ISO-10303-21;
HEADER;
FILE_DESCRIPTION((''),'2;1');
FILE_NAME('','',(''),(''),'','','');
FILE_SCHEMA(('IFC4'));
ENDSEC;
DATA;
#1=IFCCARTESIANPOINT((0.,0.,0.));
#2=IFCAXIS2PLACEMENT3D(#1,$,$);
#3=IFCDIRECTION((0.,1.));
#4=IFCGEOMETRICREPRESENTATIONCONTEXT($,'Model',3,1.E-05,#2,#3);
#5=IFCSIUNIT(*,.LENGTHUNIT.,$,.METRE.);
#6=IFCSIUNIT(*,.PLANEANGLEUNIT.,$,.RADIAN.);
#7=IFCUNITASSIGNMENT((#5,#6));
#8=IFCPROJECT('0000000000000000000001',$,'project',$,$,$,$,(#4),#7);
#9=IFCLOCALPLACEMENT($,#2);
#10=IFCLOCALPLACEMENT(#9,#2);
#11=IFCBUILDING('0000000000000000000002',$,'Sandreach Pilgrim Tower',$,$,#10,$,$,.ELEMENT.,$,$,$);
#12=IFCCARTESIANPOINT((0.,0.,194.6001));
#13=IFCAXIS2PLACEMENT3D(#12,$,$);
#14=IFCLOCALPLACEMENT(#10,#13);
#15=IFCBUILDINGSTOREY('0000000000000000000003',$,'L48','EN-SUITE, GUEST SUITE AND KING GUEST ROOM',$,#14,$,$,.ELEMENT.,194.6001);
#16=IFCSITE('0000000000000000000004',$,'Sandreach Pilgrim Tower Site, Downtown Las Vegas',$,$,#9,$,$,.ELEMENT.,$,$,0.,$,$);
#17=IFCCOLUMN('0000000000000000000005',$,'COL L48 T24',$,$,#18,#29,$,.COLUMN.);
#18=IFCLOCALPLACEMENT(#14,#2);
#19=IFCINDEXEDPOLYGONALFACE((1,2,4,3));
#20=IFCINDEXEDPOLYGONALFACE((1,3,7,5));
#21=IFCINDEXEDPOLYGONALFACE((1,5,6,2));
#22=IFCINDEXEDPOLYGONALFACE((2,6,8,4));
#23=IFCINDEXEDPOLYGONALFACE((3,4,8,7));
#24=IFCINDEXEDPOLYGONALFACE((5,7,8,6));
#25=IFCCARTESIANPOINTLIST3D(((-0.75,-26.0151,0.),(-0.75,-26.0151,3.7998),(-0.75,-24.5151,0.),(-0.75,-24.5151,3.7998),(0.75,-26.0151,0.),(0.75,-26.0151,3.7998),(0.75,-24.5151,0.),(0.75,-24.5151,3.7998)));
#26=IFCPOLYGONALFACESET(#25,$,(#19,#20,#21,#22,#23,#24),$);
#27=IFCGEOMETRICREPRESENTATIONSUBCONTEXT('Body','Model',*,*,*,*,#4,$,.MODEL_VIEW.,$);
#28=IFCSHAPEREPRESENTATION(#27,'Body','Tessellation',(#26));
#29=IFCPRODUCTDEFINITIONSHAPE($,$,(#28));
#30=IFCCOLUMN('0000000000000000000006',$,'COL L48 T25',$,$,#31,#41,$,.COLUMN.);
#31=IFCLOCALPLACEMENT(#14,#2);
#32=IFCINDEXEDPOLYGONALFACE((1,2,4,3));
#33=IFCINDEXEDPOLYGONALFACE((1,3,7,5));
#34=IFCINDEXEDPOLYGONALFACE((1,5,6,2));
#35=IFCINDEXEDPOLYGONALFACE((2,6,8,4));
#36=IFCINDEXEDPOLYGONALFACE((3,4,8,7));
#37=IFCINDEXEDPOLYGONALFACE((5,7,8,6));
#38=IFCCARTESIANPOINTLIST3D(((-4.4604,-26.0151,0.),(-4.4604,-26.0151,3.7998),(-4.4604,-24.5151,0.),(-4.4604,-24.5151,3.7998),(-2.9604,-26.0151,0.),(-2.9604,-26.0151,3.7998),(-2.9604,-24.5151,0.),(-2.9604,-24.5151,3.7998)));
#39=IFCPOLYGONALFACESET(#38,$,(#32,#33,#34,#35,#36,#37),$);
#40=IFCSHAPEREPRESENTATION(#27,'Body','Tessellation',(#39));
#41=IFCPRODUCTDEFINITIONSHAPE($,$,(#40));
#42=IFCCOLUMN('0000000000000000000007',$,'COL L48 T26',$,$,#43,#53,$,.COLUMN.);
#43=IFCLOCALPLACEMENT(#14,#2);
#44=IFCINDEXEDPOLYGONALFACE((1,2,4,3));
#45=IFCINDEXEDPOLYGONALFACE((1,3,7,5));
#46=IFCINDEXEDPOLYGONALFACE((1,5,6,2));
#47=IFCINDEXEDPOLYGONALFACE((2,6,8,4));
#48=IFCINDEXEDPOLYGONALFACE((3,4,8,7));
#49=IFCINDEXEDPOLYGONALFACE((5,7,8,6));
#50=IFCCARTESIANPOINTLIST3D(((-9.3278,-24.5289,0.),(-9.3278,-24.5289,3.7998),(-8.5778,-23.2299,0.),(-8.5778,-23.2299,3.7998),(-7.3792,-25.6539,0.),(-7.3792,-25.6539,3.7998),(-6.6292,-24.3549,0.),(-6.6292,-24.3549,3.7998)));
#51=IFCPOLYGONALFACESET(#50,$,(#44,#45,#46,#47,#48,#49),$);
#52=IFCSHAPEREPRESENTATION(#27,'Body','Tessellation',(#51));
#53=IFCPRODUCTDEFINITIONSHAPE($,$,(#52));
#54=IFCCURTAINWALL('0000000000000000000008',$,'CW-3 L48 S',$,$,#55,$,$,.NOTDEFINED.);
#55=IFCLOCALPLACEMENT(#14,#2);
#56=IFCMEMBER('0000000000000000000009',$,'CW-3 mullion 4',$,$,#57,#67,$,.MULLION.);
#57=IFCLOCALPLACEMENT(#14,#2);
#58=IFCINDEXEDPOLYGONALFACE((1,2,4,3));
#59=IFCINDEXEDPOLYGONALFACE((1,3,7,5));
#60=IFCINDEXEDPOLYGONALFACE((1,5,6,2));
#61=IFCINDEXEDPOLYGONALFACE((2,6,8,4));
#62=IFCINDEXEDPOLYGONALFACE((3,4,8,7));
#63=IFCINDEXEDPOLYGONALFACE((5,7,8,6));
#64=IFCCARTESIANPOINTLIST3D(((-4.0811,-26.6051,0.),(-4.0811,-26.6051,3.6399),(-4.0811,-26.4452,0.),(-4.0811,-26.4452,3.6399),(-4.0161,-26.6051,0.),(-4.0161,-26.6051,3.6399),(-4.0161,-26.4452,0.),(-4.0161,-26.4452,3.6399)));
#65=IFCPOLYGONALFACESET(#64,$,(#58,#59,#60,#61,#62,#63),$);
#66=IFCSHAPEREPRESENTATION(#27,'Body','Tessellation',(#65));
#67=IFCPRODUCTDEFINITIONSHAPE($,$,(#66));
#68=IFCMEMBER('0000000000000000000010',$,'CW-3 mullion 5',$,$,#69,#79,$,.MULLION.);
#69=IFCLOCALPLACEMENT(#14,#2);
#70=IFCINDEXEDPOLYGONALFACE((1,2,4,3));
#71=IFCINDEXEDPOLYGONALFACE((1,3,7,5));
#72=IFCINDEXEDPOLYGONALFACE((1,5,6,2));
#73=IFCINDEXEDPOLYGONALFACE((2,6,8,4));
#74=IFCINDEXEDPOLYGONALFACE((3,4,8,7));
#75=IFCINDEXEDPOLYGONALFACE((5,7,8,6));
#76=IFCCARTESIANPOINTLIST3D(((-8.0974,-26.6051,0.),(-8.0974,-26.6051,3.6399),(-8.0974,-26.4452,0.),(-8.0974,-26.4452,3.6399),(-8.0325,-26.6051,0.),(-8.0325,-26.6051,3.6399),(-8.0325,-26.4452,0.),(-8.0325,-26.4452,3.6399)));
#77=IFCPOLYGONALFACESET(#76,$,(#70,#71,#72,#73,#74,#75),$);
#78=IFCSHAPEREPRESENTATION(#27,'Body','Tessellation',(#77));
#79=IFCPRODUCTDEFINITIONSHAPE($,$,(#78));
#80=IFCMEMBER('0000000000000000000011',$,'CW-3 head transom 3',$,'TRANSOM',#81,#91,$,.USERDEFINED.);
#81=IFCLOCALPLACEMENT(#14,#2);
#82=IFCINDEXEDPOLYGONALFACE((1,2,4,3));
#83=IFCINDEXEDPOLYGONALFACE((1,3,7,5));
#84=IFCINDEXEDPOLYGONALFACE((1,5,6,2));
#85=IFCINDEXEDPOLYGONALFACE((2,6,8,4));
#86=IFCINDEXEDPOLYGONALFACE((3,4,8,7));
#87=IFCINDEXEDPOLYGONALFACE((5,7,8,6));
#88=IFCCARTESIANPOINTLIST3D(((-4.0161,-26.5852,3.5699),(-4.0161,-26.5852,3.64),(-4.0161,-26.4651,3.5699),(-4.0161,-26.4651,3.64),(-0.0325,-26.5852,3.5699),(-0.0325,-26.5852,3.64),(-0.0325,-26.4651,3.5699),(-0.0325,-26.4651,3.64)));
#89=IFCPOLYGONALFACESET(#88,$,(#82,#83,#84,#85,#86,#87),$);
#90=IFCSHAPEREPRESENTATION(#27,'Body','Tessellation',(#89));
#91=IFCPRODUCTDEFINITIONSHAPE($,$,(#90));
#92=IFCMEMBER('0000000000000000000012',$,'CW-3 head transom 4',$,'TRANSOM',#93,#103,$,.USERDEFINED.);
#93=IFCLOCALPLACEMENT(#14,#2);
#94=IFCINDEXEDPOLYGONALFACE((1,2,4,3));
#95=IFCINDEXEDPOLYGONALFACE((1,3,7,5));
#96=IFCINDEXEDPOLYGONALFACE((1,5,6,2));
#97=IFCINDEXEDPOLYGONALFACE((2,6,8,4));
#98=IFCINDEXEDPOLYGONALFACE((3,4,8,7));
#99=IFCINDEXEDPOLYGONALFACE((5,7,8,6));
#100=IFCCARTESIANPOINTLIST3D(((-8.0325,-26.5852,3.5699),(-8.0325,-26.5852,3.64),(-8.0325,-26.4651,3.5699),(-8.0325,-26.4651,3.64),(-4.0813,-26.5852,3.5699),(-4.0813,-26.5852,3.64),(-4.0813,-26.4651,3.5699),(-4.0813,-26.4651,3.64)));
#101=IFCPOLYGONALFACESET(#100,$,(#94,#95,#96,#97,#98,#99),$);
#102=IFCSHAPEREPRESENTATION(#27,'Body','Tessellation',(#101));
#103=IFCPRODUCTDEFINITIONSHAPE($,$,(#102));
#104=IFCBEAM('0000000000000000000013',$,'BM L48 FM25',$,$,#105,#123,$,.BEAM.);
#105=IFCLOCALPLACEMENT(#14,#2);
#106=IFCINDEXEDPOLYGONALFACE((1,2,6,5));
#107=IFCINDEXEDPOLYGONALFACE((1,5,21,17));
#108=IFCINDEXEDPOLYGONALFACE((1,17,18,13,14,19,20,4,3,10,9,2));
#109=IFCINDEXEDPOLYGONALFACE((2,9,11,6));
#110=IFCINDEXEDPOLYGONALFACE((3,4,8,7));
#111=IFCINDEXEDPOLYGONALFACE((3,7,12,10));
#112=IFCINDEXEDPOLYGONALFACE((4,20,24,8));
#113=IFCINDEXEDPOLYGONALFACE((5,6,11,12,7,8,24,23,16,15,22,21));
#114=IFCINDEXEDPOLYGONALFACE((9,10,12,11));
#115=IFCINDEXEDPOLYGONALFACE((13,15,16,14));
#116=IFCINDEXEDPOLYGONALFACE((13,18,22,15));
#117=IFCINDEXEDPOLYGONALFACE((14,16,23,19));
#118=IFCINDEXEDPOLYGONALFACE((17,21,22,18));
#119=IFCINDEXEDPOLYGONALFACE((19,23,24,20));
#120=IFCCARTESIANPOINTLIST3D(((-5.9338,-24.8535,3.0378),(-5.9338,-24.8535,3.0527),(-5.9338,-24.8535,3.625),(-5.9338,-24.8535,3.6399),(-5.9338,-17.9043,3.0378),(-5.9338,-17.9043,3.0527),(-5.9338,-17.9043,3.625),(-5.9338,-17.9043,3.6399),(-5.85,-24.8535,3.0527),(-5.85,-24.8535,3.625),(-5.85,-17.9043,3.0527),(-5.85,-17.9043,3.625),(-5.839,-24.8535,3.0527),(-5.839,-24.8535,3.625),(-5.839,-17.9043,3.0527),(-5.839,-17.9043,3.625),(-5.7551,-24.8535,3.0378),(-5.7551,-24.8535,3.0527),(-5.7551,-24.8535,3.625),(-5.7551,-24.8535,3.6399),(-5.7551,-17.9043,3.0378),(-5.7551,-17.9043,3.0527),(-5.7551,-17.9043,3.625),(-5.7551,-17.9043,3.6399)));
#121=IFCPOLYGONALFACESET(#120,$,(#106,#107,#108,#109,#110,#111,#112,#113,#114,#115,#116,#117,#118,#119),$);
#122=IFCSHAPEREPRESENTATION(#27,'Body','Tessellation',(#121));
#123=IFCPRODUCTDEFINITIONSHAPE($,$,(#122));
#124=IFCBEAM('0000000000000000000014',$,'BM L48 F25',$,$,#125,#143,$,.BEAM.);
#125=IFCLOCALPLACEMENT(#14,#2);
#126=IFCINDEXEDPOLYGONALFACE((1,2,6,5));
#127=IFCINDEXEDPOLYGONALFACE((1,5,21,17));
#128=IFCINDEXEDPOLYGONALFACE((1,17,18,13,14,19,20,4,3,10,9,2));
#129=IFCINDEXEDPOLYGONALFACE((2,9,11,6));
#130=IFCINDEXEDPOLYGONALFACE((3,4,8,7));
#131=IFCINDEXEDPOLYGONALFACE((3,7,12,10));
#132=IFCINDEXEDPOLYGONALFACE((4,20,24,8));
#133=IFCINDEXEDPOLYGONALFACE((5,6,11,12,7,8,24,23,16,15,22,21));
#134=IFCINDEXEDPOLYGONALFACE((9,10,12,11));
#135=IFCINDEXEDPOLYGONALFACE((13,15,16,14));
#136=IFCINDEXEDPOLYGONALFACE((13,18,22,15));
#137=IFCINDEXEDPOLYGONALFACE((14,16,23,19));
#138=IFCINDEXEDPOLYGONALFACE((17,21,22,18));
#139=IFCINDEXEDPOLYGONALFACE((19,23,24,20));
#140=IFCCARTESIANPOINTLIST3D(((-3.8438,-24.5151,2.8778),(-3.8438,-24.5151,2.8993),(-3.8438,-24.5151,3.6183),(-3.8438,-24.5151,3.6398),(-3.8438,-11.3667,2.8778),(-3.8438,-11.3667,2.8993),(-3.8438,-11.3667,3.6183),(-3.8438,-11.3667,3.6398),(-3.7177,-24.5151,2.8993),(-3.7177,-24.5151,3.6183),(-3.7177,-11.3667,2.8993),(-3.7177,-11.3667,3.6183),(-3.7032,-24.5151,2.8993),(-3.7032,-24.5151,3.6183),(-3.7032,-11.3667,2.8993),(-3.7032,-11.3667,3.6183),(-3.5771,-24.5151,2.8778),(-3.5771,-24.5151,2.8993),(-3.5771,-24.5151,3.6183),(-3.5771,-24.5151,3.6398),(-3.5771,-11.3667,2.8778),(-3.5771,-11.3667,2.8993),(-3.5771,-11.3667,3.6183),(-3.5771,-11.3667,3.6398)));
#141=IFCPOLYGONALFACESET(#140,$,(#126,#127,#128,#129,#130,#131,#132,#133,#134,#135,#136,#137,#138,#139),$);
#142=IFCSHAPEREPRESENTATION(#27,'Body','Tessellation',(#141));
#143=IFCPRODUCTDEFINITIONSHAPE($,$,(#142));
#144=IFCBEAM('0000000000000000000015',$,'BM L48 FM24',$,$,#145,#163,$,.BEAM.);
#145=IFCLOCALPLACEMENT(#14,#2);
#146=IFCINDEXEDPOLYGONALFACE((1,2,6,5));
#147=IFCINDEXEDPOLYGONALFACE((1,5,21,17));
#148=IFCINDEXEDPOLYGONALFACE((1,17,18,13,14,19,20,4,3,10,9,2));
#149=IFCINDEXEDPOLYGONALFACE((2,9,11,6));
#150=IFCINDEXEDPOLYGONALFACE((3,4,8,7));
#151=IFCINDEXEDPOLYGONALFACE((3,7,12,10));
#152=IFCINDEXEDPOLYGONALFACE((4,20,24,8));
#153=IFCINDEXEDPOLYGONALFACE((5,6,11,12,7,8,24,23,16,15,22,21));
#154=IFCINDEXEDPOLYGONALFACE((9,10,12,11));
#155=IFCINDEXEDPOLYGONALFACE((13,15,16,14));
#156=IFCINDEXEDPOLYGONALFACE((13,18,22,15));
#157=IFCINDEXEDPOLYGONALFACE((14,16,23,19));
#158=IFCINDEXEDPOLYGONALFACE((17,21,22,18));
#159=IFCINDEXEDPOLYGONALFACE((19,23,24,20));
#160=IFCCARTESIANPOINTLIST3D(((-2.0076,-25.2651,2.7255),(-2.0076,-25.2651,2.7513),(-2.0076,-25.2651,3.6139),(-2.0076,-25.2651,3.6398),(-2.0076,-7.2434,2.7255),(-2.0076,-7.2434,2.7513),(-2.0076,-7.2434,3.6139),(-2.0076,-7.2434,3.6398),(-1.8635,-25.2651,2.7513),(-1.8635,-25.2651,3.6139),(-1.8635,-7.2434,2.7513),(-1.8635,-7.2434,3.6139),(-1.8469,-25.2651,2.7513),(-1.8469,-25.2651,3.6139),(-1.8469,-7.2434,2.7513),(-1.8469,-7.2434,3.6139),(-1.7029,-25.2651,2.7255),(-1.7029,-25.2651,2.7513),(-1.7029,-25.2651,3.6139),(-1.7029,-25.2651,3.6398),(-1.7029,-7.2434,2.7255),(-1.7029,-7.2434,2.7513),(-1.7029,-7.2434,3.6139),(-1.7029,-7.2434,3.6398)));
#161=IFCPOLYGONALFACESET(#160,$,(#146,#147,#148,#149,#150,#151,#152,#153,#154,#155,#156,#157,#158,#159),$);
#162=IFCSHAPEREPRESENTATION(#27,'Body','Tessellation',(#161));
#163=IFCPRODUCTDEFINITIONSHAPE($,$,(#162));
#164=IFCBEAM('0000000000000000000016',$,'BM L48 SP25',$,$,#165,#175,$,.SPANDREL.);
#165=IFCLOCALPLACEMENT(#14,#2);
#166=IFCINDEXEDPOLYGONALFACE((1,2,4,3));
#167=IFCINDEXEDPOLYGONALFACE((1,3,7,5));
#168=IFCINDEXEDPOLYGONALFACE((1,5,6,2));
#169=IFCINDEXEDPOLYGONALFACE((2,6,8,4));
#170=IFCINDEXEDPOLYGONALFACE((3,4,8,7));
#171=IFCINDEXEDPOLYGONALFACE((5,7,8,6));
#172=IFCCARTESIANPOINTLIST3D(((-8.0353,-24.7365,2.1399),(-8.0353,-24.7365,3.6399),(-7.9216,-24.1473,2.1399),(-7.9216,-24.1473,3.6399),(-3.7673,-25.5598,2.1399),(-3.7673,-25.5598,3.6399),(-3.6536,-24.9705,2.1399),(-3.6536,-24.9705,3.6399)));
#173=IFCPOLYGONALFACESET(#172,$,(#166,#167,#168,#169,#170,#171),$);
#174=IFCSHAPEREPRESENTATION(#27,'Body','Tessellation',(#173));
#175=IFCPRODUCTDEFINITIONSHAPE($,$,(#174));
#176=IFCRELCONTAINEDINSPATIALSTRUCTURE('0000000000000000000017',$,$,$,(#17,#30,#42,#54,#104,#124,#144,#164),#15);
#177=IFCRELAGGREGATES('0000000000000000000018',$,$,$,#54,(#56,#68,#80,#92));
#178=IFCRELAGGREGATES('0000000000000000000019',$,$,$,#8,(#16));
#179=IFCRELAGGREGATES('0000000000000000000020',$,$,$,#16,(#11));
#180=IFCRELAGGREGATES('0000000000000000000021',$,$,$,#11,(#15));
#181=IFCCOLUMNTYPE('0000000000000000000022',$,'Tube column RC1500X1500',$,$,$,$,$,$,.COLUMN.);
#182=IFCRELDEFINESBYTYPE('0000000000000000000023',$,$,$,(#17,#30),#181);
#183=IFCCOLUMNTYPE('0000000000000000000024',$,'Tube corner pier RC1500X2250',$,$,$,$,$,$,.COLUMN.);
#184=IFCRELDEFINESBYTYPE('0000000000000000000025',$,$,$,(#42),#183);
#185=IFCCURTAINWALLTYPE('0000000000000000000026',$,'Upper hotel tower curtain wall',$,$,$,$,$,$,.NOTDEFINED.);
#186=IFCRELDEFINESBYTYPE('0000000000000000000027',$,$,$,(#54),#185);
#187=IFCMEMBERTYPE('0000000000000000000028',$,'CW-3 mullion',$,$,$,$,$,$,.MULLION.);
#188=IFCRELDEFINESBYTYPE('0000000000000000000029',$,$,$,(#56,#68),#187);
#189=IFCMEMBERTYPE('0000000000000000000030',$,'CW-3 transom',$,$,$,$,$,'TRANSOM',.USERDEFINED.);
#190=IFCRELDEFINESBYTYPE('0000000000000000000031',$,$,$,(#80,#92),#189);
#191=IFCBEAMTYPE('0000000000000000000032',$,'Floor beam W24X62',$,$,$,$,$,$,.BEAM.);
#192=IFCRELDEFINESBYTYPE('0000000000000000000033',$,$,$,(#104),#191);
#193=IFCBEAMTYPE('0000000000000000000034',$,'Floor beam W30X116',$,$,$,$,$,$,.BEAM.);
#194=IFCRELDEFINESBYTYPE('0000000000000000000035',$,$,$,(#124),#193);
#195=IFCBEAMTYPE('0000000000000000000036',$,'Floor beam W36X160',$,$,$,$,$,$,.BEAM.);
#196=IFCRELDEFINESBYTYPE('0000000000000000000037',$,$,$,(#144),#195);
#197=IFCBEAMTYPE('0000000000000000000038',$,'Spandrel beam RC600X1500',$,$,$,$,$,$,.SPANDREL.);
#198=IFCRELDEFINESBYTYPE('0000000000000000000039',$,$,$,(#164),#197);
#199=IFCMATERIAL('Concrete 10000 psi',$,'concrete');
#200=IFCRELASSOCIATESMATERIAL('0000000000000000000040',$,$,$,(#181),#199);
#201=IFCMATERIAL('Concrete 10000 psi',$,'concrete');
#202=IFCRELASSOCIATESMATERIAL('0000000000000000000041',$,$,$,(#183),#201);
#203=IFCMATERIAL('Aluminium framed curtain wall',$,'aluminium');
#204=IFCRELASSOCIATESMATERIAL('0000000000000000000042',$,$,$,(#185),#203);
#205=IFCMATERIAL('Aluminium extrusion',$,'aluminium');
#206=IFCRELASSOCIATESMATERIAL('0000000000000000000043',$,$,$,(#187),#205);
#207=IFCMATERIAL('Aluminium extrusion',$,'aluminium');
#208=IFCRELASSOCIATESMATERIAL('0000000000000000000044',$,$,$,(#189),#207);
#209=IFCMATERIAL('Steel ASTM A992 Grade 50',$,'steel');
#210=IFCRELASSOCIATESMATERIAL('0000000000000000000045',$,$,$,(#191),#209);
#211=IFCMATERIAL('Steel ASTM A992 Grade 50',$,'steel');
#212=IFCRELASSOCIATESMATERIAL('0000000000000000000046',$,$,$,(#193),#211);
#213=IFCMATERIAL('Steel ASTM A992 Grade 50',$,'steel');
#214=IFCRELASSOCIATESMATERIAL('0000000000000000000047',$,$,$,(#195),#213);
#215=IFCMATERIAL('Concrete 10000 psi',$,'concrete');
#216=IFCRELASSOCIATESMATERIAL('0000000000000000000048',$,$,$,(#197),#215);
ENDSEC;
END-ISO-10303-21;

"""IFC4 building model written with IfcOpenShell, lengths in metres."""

from ifc_helpers import new_model, si_unit, direction, frame, origin, origin_2d, place, context, subcontext, project, spatial, rectangle, i_section, extrude, material, material_profile, profile_set, type_object, element, aggregate, save


model = new_model("IFC4")

# Units and contexts
model_context = context("Model", 3, precision=1e-05, world=origin(), true_north=direction((0.0, 1.0)))
body_context = subcontext(model_context, "Body", "Model", "MODEL_VIEW")
ifc_project = project(units=[si_unit("LENGTHUNIT", "METRE"), si_unit("PLANEANGLEUNIT", "RADIAN")], contexts=[model_context])

# Site, building, storey
site_placement = place(None, origin())
site = spatial("IfcSite", under=ifc_project, at=site_placement, Name="Sandreach Pilgrim Tower Site, Downtown Las Vegas", CompositionType="ELEMENT", RefElevation=0.0)
building_placement = place(site_placement, origin())
building = spatial("IfcBuilding", under=site, at=building_placement, Name="Sandreach Pilgrim Tower", CompositionType="ELEMENT")
storey_placement = place(building_placement, frame((0.0, 0.0, 194.6001)))
storey = spatial("IfcBuildingStorey", under=building, at=storey_placement, Name="L48", Description="EN-SUITE, GUEST SUITE AND KING GUEST ROOM", CompositionType="ELEMENT", Elevation=194.6001)

# Columns
ifc_material_1 = material(Name="Concrete 10000 psi", Category="concrete")
ifc_material_profile_1 = material_profile(ifc_material_1, rectangle(XDim=1.5, YDim=1.5, at=origin_2d()), Name="RC1500X1500")
ifc_profile_set_1 = profile_set([ifc_material_profile_1], Name="Concrete 10000 psi")
column_type_1 = type_object("IfcColumnType", Name="Tube column RC1500X1500", PredefinedType="COLUMN", material=ifc_profile_set_1)
for number, where, z_axis, x_axis, name in (
    (1, (0.0, -25.2651, 0.0), (0.0, 0.0, 1.0), (0.0, -1.0, 0.0), "COL L48 T24"),
    (2, (-3.7104, -25.2651, 0.0), (0.0, 0.0, 1.0), (0.0, -1.0, 0.0), "COL L48 T25"),
):
    element("IfcColumn", number, at=place(storey_placement, frame(where, z_axis=z_axis, x_axis=x_axis)), inside=storey, type_object=column_type_1, Name=name, PredefinedType="COLUMN", context=body_context, shape_type="SweptSolid", body=[
        extrude(rectangle(XDim=1.5, YDim=1.5, at=origin_2d()), origin(), (0.0, 0.0, 1.0), 3.7998),
    ])
ifc_material_2 = material(Name="Concrete 10000 psi", Category="concrete")
ifc_material_profile_2 = material_profile(ifc_material_2, rectangle(XDim=1.5, YDim=2.25, at=origin_2d()), Name="RC1500X2250")
ifc_profile_set_2 = profile_set([ifc_material_profile_2], Name="Concrete 10000 psi")
column_type_2 = type_object("IfcColumnType", Name="Tube corner pier RC1500X2250", PredefinedType="COLUMN", material=ifc_profile_set_2)
column_placement = place(storey_placement, frame((-7.9785, -24.4419, 0.0), z_axis=(0.0, 0.0, 1.0), x_axis=(-0.5, -0.866025, 0.0)))
element("IfcColumn", 3, at=column_placement, inside=storey, type_object=column_type_2, Name="COL L48 T26", PredefinedType="COLUMN", context=body_context, shape_type="SweptSolid", body=[
    extrude(rectangle(XDim=1.5, YDim=2.25, at=origin_2d()), origin(), (0.0, 0.0, 1.0), 3.7998),
])

# Curtain wall, members
ifc_material_3 = material(Name="Aluminium framed curtain wall", Category="aluminium")
curtain_wall_type = type_object("IfcCurtainWallType", Name="Upper hotel tower curtain wall", PredefinedType="NOTDEFINED", material=ifc_material_3)
curtain_wall_placement = place(storey_placement, origin())
curtain_wall = element("IfcCurtainWall", 4, at=curtain_wall_placement, inside=storey, type_object=curtain_wall_type, Name="CW-3 L48 S", PredefinedType="NOTDEFINED")
ifc_material_4 = material(Name="Aluminium extrusion", Category="aluminium")
ifc_material_profile_3 = material_profile(ifc_material_4, rectangle(XDim=0.0649, YDim=0.1599, at=origin_2d()), Name="CW-3M 65X160")
ifc_profile_set_3 = profile_set([ifc_material_profile_3], Name="Aluminium extrusion")
member_type_1 = type_object("IfcMemberType", Name="CW-3 mullion", PredefinedType="MULLION", material=ifc_profile_set_3)
member_1_placement = place(storey_placement, frame((-4.0486, -26.5251, 0.0), z_axis=(0.0, 0.0, 1.0), x_axis=(-1.0, 0.0, 0.0)))
member_1 = element("IfcMember", 5, at=member_1_placement, type_object=member_type_1, Name="CW-3 mullion 4", PredefinedType="MULLION", context=body_context, shape_type="SweptSolid", body=[
    extrude(rectangle(XDim=0.0649, YDim=0.1599, at=origin_2d()), origin(), (0.0, 0.0, 1.0), 3.6399),
])
member_2_placement = place(storey_placement, frame((-8.0649, -26.5251, 0.0), z_axis=(0.0, 0.0, 1.0), x_axis=(-1.0, 0.0, 0.0)))
member_2 = element("IfcMember", 6, at=member_2_placement, type_object=member_type_1, Name="CW-3 mullion 5", PredefinedType="MULLION", context=body_context, shape_type="SweptSolid", body=[
    extrude(rectangle(XDim=0.0649, YDim=0.1599, at=origin_2d()), origin(), (0.0, 0.0, 1.0), 3.6399),
])
ifc_material_5 = material(Name="Aluminium extrusion", Category="aluminium")
ifc_material_profile_4 = material_profile(ifc_material_5, rectangle(XDim=0.1201, YDim=0.0701, at=origin_2d()), Name="CW-3T 120X70")
ifc_profile_set_4 = profile_set([ifc_material_profile_4], Name="Aluminium extrusion")
member_type_2 = type_object("IfcMemberType", Name="CW-3 transom", ElementType="TRANSOM", PredefinedType="USERDEFINED", material=ifc_profile_set_4)
member_3_placement = place(storey_placement, frame((-0.0325, -26.5251, 3.605), z_axis=(-1.0, 0.0, 0.0), x_axis=(0.0, -1.0, 0.0)))
member_3 = element("IfcMember", 7, at=member_3_placement, type_object=member_type_2, Name="CW-3 head transom 3", ObjectType="TRANSOM", PredefinedType="USERDEFINED", context=body_context, shape_type="SweptSolid", body=[
    extrude(rectangle(XDim=0.1201, YDim=0.0701, at=origin_2d()), origin(), (0.0, 0.0, 1.0), 3.9836),
])
member_4_placement = place(storey_placement, frame((-4.0813, -26.5251, 3.605), z_axis=(-1.0, 0.0, 0.0), x_axis=(0.0, -1.0, 0.0)))
member_4 = element("IfcMember", 8, at=member_4_placement, type_object=member_type_2, Name="CW-3 head transom 4", ObjectType="TRANSOM", PredefinedType="USERDEFINED", context=body_context, shape_type="SweptSolid", body=[
    extrude(rectangle(XDim=0.1201, YDim=0.0701, at=origin_2d()), origin(), (0.0, 0.0, 1.0), 3.9512),
])

# Beams
ifc_material_6 = material(Name="Steel ASTM A992 Grade 50", Category="steel")
ifc_material_profile_5 = material_profile(ifc_material_6, i_section(OverallWidth=0.1787, OverallDepth=0.6021, WebThickness=0.011, FlangeThickness=0.0149, at=origin_2d()), Name="W24X62")
ifc_profile_set_5 = profile_set([ifc_material_profile_5], Name="Steel ASTM A992 Grade 50")
beam_type_1 = type_object("IfcBeamType", Name="Floor beam W24X62", PredefinedType="BEAM", material=ifc_profile_set_5)
beam_1_placement = place(storey_placement, frame((-5.8445, -24.8535, 3.3389), z_axis=(0.0, 1.0, 0.0), x_axis=(-1.0, 0.0, 0.0)))
element("IfcBeam", 9, at=beam_1_placement, inside=storey, type_object=beam_type_1, Name="BM L48 FM25", PredefinedType="BEAM", context=body_context, shape_type="SweptSolid", body=[
    extrude(i_section(OverallWidth=0.1787, OverallDepth=0.6021, WebThickness=0.011, FlangeThickness=0.0149, at=origin_2d()), origin(), (0.0, 0.0, 1.0), 6.9492),
])
ifc_material_7 = material(Name="Steel ASTM A992 Grade 50", Category="steel")
ifc_material_profile_6 = material_profile(ifc_material_7, i_section(OverallWidth=0.2666, OverallDepth=0.762, WebThickness=0.0144, FlangeThickness=0.0215, at=origin_2d()), Name="W30X116")
ifc_profile_set_6 = profile_set([ifc_material_profile_6], Name="Steel ASTM A992 Grade 50")
beam_type_2 = type_object("IfcBeamType", Name="Floor beam W30X116", PredefinedType="BEAM", material=ifc_profile_set_6)
beam_2_placement = place(storey_placement, frame((-3.7104, -24.5151, 3.2588), z_axis=(0.0, 1.0, 0.0), x_axis=(-1.0, 0.0, 0.0)))
element("IfcBeam", 10, at=beam_2_placement, inside=storey, type_object=beam_type_2, Name="BM L48 F25", PredefinedType="BEAM", context=body_context, shape_type="SweptSolid", body=[
    extrude(i_section(OverallWidth=0.2666, OverallDepth=0.762, WebThickness=0.0144, FlangeThickness=0.0215, at=origin_2d()), origin(), (0.0, 0.0, 1.0), 13.1484),
])
ifc_material_8 = material(Name="Steel ASTM A992 Grade 50", Category="steel")
ifc_material_profile_7 = material_profile(ifc_material_8, i_section(OverallWidth=0.3047, OverallDepth=0.9143, WebThickness=0.0166, FlangeThickness=0.0259, at=origin_2d()), Name="W36X160")
ifc_profile_set_7 = profile_set([ifc_material_profile_7], Name="Steel ASTM A992 Grade 50")
beam_type_3 = type_object("IfcBeamType", Name="Floor beam W36X160", PredefinedType="BEAM", material=ifc_profile_set_7)
beam_3_placement = place(storey_placement, frame((-1.8552, -25.2651, 3.1826), z_axis=(0.0, 1.0, 0.0), x_axis=(-1.0, 0.0, 0.0)))
element("IfcBeam", 11, at=beam_3_placement, inside=storey, type_object=beam_type_3, Name="BM L48 FM24", PredefinedType="BEAM", context=body_context, shape_type="SweptSolid", body=[
    extrude(i_section(OverallWidth=0.3047, OverallDepth=0.9143, WebThickness=0.0166, FlangeThickness=0.0259, at=origin_2d()), origin(), (0.0, 0.0, 1.0), 18.0217),
])
ifc_material_9 = material(Name="Concrete 10000 psi", Category="concrete")
ifc_material_profile_8 = material_profile(ifc_material_9, rectangle(XDim=0.6001, YDim=1.5, at=origin_2d()), Name="RC600X1500")
ifc_profile_set_8 = profile_set([ifc_material_profile_8], Name="Concrete 10000 psi")
beam_type_4 = type_object("IfcBeamType", Name="Spandrel beam RC600X1500", PredefinedType="SPANDREL", material=ifc_profile_set_8)
beam_4_placement = place(storey_placement, frame((-3.7104, -25.2651, 2.8899), z_axis=(-0.981901, 0.189393, 0.0), x_axis=(-0.189393, -0.981901, 0.0)))
element("IfcBeam", 12, at=beam_4_placement, inside=storey, type_object=beam_type_4, Name="BM L48 SP25", PredefinedType="SPANDREL", context=body_context, shape_type="SweptSolid", body=[
    extrude(rectangle(XDim=0.6001, YDim=1.5, at=origin_2d()), origin(), (0.0, 0.0, 1.0), 4.3467),
])

aggregate(curtain_wall, [member_1, member_2, member_3, member_4])

save(model, "model.ifc")
